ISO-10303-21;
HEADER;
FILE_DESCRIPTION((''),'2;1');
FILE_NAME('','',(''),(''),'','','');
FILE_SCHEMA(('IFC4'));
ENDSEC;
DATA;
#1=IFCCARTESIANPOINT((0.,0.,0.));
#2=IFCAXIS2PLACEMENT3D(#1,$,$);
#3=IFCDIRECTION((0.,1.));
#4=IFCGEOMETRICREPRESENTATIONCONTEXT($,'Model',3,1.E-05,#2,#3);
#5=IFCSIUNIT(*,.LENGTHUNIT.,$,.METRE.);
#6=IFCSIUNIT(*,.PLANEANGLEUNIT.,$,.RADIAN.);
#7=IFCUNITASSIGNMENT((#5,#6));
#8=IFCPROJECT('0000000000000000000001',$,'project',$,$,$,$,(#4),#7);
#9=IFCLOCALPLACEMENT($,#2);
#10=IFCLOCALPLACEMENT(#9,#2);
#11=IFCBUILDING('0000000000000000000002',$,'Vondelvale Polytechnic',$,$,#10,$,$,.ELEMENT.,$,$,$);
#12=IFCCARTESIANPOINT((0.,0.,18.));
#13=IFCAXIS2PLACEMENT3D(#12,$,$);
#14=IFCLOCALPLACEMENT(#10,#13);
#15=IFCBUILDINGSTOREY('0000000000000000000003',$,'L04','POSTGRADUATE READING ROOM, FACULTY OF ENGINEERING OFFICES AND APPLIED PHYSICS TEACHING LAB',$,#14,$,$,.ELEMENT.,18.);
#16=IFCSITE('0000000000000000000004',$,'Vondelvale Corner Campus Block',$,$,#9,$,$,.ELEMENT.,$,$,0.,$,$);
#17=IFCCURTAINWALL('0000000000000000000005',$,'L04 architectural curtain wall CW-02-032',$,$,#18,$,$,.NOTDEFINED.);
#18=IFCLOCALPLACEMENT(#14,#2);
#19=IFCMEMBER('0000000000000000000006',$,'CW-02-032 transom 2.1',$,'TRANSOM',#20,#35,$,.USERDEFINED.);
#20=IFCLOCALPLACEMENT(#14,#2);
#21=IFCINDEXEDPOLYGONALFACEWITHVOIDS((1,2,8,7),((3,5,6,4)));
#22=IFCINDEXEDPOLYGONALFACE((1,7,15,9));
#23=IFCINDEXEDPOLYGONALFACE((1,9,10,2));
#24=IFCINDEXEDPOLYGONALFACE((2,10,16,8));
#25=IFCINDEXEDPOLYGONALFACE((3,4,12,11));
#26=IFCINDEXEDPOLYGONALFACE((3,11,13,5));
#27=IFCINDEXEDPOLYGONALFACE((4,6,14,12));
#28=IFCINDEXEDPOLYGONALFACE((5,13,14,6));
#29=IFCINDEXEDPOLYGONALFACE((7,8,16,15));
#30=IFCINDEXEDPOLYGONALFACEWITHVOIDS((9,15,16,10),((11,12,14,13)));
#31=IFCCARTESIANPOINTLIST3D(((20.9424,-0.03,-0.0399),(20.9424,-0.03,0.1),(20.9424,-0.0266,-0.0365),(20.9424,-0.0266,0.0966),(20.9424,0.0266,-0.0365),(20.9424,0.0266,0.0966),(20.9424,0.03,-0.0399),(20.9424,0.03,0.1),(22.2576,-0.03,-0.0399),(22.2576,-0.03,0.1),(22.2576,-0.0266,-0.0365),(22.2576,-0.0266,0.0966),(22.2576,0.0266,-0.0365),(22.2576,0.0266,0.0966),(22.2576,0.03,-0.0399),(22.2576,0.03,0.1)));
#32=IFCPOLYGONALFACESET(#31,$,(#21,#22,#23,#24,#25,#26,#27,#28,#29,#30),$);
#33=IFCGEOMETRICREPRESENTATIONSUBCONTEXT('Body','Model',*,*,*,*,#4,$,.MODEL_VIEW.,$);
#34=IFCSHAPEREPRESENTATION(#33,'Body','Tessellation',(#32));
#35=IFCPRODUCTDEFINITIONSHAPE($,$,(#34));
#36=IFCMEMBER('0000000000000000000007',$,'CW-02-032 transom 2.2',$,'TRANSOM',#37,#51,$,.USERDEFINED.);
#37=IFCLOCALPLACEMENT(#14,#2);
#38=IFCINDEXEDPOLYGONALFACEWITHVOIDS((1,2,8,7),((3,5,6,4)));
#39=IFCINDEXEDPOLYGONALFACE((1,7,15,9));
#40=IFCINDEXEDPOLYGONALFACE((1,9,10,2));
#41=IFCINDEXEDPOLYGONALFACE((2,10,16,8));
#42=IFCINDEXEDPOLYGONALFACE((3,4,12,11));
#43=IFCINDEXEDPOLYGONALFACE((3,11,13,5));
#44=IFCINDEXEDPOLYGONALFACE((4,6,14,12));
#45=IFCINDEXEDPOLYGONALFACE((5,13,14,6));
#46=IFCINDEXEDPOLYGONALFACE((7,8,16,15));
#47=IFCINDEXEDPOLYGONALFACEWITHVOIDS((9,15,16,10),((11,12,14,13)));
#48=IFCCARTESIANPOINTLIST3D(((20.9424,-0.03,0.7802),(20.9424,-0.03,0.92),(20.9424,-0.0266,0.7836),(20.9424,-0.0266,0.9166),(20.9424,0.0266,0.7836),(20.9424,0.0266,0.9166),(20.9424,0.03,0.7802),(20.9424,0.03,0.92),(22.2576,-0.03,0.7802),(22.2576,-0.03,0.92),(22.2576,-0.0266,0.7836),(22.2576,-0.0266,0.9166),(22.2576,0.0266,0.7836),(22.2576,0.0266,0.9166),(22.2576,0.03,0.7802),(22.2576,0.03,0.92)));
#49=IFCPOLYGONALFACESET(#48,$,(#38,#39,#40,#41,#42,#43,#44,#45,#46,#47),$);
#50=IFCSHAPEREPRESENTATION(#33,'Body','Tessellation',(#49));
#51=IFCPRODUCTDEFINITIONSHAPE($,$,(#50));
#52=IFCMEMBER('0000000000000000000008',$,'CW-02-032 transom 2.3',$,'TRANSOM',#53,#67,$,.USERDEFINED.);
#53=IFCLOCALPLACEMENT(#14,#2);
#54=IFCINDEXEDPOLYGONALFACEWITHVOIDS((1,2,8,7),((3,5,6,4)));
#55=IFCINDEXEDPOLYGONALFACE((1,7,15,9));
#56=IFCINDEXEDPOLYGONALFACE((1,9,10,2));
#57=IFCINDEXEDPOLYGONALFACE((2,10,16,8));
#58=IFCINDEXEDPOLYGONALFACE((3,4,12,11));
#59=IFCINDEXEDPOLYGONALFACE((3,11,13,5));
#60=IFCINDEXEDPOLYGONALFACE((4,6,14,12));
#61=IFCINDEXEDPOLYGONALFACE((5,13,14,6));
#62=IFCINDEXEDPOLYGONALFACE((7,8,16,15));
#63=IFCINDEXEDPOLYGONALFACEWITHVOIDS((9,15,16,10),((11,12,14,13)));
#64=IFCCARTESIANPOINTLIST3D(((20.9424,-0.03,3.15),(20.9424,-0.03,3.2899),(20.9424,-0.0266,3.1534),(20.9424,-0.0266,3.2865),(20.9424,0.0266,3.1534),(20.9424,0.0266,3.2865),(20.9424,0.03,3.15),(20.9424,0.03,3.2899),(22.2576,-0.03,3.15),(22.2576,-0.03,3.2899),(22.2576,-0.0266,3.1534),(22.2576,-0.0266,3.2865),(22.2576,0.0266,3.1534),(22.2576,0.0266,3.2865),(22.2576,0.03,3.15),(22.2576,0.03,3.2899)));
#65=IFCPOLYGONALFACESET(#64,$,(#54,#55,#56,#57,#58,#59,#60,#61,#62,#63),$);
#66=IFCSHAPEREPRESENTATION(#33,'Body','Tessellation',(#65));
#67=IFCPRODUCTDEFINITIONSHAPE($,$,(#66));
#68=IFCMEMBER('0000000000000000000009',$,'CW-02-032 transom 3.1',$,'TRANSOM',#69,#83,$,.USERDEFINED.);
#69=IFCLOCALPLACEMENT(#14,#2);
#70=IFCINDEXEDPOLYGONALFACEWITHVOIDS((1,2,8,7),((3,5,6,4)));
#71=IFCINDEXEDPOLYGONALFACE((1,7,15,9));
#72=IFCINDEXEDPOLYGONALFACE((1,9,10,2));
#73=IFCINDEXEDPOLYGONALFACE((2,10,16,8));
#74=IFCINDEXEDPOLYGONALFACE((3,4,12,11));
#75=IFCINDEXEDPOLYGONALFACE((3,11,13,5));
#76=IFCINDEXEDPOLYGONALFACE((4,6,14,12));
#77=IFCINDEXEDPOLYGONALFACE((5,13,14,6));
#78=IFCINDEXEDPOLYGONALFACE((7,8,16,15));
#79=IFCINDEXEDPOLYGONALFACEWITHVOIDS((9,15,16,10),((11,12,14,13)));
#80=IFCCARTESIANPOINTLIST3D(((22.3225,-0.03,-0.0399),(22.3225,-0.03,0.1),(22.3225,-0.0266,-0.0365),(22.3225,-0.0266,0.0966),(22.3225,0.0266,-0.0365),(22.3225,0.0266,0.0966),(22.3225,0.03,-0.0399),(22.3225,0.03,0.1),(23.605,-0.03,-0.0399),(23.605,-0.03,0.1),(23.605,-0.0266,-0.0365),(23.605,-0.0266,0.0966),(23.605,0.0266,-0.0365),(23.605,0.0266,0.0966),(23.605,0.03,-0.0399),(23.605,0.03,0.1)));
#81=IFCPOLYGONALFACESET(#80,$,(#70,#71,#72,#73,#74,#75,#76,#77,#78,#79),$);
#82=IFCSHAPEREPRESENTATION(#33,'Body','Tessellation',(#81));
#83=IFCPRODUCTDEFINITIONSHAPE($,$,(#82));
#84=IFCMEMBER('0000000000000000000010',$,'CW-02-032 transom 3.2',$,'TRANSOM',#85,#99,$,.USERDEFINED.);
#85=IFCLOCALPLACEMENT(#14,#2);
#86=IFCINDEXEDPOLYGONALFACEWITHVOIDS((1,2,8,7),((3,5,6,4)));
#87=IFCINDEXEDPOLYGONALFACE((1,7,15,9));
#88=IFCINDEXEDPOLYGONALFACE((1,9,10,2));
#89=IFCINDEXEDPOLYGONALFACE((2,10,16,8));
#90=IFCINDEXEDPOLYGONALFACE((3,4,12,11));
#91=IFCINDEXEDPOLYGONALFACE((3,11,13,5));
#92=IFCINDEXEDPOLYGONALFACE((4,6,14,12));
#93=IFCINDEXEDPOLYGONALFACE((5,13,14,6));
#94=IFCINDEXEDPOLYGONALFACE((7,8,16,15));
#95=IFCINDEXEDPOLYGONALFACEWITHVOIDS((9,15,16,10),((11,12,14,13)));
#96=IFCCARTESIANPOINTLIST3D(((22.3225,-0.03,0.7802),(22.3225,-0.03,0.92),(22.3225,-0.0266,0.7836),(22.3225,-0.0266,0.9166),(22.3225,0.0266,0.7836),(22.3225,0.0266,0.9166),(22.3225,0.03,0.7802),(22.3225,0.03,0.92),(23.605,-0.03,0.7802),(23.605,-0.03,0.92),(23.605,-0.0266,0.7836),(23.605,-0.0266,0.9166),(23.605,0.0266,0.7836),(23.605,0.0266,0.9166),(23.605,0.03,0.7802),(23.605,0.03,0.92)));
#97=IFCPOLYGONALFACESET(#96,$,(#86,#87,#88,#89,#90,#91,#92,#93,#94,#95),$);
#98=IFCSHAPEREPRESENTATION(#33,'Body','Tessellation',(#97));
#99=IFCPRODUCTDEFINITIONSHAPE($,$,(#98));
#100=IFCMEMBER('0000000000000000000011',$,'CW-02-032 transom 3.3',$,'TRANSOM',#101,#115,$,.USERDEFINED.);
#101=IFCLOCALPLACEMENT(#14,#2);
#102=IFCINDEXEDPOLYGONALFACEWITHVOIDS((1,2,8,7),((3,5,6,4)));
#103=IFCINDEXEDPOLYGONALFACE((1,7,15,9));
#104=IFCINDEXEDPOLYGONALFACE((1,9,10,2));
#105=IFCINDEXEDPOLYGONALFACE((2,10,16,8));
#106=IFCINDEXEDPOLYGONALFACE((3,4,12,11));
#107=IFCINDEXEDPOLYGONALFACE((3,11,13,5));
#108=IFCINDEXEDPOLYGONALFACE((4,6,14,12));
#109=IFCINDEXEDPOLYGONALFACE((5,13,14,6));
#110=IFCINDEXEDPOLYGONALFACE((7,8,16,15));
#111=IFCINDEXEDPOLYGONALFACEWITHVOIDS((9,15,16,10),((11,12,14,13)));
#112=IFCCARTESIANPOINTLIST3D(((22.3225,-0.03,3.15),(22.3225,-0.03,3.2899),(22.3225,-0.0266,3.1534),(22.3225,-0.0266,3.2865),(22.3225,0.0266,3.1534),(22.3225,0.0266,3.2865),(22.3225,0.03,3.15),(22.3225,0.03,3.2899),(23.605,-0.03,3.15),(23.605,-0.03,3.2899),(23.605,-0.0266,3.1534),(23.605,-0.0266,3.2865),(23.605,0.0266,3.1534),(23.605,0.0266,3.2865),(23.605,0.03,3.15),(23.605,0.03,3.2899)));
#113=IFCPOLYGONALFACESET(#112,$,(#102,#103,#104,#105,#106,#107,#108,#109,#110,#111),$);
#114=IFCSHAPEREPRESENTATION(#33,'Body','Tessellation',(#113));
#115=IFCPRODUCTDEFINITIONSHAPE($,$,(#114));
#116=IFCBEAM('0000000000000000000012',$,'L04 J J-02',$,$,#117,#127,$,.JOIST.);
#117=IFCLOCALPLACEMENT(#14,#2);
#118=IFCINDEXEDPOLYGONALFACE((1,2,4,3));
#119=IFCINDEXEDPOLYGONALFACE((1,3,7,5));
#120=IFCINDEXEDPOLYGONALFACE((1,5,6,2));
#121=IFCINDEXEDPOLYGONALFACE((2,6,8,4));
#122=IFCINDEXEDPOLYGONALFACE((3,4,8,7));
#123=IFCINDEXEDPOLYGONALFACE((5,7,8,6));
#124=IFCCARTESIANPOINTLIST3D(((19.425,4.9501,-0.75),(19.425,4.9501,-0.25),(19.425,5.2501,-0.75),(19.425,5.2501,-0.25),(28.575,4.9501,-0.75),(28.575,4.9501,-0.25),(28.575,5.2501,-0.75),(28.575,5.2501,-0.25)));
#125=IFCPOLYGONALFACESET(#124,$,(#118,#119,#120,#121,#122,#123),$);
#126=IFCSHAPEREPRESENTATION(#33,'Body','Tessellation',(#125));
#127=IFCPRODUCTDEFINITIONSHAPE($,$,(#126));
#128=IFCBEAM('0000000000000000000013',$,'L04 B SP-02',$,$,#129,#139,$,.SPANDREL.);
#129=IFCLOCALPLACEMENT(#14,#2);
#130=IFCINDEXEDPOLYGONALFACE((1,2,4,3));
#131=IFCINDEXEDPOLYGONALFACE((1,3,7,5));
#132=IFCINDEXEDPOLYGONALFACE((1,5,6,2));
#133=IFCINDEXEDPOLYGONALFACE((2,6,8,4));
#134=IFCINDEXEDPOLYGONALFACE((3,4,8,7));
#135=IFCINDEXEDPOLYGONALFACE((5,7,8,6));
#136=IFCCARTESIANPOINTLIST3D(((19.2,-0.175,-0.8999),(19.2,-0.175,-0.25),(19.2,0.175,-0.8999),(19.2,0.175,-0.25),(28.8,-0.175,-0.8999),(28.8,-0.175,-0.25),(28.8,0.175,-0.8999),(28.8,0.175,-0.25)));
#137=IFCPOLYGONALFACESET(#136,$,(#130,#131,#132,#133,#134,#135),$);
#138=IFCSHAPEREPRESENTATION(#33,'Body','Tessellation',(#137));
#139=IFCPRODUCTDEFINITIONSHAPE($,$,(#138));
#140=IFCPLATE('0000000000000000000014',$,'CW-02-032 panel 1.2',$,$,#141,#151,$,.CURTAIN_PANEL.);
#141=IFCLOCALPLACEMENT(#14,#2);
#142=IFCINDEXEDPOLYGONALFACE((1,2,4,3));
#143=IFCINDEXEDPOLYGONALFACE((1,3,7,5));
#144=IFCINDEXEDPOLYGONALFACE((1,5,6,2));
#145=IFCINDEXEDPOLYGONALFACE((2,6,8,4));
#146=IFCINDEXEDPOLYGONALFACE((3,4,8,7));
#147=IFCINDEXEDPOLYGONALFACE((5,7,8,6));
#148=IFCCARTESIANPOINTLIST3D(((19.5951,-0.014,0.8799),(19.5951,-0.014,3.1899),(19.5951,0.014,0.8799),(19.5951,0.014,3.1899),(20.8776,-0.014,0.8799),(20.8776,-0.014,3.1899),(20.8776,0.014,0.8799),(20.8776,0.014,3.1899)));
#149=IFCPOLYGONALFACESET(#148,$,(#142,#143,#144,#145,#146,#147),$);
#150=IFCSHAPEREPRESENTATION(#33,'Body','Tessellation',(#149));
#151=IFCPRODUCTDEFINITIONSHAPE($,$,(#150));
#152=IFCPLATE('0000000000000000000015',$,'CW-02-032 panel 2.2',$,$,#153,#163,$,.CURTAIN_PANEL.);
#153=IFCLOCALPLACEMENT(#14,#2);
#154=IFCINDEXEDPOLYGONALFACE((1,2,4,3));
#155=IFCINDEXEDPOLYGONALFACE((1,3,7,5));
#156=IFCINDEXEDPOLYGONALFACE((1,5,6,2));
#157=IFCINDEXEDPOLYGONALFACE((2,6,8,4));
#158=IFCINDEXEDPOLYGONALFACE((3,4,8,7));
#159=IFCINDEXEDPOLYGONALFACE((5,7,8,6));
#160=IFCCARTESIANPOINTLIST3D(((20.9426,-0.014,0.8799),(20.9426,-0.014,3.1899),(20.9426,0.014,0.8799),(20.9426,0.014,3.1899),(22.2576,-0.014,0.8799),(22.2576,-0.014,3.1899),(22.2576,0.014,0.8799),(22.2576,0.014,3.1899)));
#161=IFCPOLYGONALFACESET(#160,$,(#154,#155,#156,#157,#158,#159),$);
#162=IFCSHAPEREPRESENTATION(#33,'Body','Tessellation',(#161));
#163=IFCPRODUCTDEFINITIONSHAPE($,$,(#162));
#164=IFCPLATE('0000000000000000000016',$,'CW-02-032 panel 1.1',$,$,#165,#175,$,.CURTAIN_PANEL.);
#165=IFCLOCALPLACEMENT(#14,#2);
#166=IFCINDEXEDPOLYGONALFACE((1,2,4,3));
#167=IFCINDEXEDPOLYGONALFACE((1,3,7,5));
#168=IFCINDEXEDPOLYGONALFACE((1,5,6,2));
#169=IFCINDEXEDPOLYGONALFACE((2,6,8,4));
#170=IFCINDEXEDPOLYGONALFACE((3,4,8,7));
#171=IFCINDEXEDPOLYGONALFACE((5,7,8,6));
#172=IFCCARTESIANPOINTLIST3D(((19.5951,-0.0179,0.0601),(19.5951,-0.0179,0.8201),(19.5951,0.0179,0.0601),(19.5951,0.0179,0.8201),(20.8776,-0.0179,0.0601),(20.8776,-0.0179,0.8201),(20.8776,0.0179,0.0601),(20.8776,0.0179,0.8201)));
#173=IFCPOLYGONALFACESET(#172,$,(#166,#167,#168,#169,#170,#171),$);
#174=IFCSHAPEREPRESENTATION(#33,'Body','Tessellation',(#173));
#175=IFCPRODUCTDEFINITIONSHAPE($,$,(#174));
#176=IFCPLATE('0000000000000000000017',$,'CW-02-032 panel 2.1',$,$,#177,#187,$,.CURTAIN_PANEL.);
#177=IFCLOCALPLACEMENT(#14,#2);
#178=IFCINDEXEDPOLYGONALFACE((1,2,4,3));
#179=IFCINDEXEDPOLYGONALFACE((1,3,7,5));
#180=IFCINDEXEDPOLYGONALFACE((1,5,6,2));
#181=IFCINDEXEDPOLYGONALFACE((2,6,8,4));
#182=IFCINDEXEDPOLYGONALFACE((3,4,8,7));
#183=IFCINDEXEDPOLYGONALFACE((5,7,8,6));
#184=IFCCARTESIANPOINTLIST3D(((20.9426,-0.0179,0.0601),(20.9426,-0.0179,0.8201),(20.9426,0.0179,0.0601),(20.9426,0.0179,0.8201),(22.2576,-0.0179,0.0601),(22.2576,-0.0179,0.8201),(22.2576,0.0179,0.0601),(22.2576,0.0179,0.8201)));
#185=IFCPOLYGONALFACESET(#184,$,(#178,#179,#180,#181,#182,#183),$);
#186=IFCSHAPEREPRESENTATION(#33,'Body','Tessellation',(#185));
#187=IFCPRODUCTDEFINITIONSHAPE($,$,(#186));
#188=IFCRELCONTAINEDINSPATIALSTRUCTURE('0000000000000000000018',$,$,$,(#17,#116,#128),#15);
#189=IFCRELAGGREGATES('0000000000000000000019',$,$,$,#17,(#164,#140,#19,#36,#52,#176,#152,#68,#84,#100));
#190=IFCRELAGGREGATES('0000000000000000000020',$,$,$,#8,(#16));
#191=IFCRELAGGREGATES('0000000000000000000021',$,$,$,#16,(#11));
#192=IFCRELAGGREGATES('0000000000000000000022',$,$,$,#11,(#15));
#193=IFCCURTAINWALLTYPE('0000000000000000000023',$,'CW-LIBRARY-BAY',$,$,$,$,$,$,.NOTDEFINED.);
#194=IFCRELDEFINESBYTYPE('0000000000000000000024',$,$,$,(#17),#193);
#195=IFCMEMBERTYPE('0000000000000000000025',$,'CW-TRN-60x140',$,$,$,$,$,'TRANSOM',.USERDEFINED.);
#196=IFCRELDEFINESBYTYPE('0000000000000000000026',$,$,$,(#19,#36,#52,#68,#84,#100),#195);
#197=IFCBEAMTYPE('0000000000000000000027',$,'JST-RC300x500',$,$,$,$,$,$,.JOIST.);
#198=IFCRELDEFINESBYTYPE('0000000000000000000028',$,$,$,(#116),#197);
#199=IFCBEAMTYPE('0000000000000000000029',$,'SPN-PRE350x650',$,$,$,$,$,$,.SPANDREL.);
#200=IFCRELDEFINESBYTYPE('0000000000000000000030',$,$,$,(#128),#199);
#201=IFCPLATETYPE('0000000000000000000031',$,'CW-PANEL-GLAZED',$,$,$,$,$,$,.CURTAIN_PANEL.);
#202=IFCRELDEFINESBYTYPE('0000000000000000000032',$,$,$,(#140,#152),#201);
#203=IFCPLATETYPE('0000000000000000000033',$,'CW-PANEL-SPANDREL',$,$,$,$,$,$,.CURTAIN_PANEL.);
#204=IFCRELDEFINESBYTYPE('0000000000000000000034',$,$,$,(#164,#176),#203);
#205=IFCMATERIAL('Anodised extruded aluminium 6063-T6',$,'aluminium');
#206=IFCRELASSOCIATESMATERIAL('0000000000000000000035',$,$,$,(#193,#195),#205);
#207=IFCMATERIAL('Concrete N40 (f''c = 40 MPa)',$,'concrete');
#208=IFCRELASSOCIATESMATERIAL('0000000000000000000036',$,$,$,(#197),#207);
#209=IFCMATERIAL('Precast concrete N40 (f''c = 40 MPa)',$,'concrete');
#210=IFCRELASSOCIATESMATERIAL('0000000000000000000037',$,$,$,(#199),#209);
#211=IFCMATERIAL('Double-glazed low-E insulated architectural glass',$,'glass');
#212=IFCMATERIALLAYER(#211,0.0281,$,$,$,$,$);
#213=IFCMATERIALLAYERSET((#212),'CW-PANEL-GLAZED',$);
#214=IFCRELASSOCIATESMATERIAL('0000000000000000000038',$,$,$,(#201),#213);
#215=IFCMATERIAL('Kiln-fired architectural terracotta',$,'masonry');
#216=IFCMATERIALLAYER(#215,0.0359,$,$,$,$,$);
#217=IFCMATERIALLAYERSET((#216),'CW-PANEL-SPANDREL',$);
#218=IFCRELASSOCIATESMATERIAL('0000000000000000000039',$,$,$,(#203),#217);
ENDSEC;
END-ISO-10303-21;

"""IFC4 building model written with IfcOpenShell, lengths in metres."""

from ifc_helpers import new_model, si_unit, direction, frame, origin, origin_2d, place, context, subcontext, project, spatial, rectangle, hollow_rectangle, extrude, material, layer, layer_set, material_profile, profile_set, type_object, element, aggregate, save


model = new_model("IFC4")

# Units and contexts
model_context = context("Model", 3, precision=1e-05, world=origin(), true_north=direction((0.0, 1.0)))
body_context = subcontext(model_context, "Body", "Model", "MODEL_VIEW")
ifc_project = project(units=[si_unit("LENGTHUNIT", "METRE"), si_unit("PLANEANGLEUNIT", "RADIAN")], contexts=[model_context])

# Site, building, storey
site_placement = place(None, origin())
site = spatial("IfcSite", under=ifc_project, at=site_placement, Name="Vondelvale Corner Campus Block", CompositionType="ELEMENT", RefElevation=0.0)
building_placement = place(site_placement, origin())
building = spatial("IfcBuilding", under=site, at=building_placement, Name="Vondelvale Polytechnic", CompositionType="ELEMENT")
storey_placement = place(building_placement, frame((0.0, 0.0, 18.0)))
storey = spatial("IfcBuildingStorey", under=building, at=storey_placement, Name="L04", Description="POSTGRADUATE READING ROOM, FACULTY OF ENGINEERING OFFICES AND APPLIED PHYSICS TEACHING LAB", CompositionType="ELEMENT", Elevation=18.0)

# Shared definitions
ifc_material_1 = material(Name="Concrete N40 (f'c = 40 MPa)", Category="concrete")

# Shared definitions
ifc_material_2 = material(Name="Anodised extruded aluminium 6063-T6", Category="aluminium")
curtain_wall_type = type_object("IfcCurtainWallType", Name="CW-LIBRARY-BAY", PredefinedType="NOTDEFINED", material=ifc_material_2)

# Curtain wall, members
curtain_wall_1_placement = place(storey_placement, origin())
curtain_wall_1 = element("IfcCurtainWall", 1, at=curtain_wall_1_placement, inside=storey, type_object=curtain_wall_type, Name="L04 architectural curtain wall CW-02-032", PredefinedType="NOTDEFINED")
ifc_material_profile_1 = material_profile(ifc_material_2, hollow_rectangle(XDim=0.0601, YDim=0.1399, WallThickness=0.0034, at=origin_2d()), Name="CW-TRN-140x60")
ifc_profile_set_1 = profile_set([ifc_material_profile_1], Name="Anodised extruded aluminium 6063-T6")
member_type_1 = type_object("IfcMemberType", Name="CW-TRN-60x140", ElementType="TRANSOM", PredefinedType="USERDEFINED", material=ifc_profile_set_1)
member_1_placement = place(storey_placement, frame((20.9424, 0.0, 0.03), z_axis=(1.0, 0.0, 0.0), x_axis=(0.0, 1.0, 0.0)))
member_1 = element("IfcMember", 2, at=member_1_placement, type_object=member_type_1, Name="CW-02-032 transom 2.1", ObjectType="TRANSOM", PredefinedType="USERDEFINED", context=body_context, shape_type="SweptSolid", body=[
    extrude(hollow_rectangle(XDim=0.0601, YDim=0.1399, WallThickness=0.0034, at=origin_2d()), origin(), (0.0, 0.0, 1.0), 1.3152),
])
member_2_placement = place(storey_placement, frame((20.9424, 0.0, 0.8501), z_axis=(1.0, 0.0, 0.0), x_axis=(0.0, 1.0, 0.0)))
member_2 = element("IfcMember", 3, at=member_2_placement, type_object=member_type_1, Name="CW-02-032 transom 2.2", ObjectType="TRANSOM", PredefinedType="USERDEFINED", context=body_context, shape_type="SweptSolid", body=[
    extrude(hollow_rectangle(XDim=0.0601, YDim=0.1399, WallThickness=0.0034, at=origin_2d()), origin(), (0.0, 0.0, 1.0), 1.3152),
])
member_3_placement = place(storey_placement, frame((20.9424, 0.0, 3.22), z_axis=(1.0, 0.0, 0.0), x_axis=(0.0, 1.0, 0.0)))
member_3 = element("IfcMember", 4, at=member_3_placement, type_object=member_type_1, Name="CW-02-032 transom 2.3", ObjectType="TRANSOM", PredefinedType="USERDEFINED", context=body_context, shape_type="SweptSolid", body=[
    extrude(hollow_rectangle(XDim=0.0601, YDim=0.1399, WallThickness=0.0034, at=origin_2d()), origin(), (0.0, 0.0, 1.0), 1.3152),
])
member_4_placement = place(storey_placement, frame((22.3225, 0.0, 0.03), z_axis=(1.0, 0.0, 0.0), x_axis=(0.0, 1.0, 0.0)))
member_4 = element("IfcMember", 5, at=member_4_placement, type_object=member_type_1, Name="CW-02-032 transom 3.1", ObjectType="TRANSOM", PredefinedType="USERDEFINED", context=body_context, shape_type="SweptSolid", body=[
    extrude(hollow_rectangle(XDim=0.0601, YDim=0.1399, WallThickness=0.0034, at=origin_2d()), origin(), (0.0, 0.0, 1.0), 1.2825),
])
member_5_placement = place(storey_placement, frame((22.3225, 0.0, 0.8501), z_axis=(1.0, 0.0, 0.0), x_axis=(0.0, 1.0, 0.0)))
member_5 = element("IfcMember", 6, at=member_5_placement, type_object=member_type_1, Name="CW-02-032 transom 3.2", ObjectType="TRANSOM", PredefinedType="USERDEFINED", context=body_context, shape_type="SweptSolid", body=[
    extrude(hollow_rectangle(XDim=0.0601, YDim=0.1399, WallThickness=0.0034, at=origin_2d()), origin(), (0.0, 0.0, 1.0), 1.2825),
])
member_6_placement = place(storey_placement, frame((22.3225, 0.0, 3.22), z_axis=(1.0, 0.0, 0.0), x_axis=(0.0, 1.0, 0.0)))
member_6 = element("IfcMember", 7, at=member_6_placement, type_object=member_type_1, Name="CW-02-032 transom 3.3", ObjectType="TRANSOM", PredefinedType="USERDEFINED", context=body_context, shape_type="SweptSolid", body=[
    extrude(hollow_rectangle(XDim=0.0601, YDim=0.1399, WallThickness=0.0034, at=origin_2d()), origin(), (0.0, 0.0, 1.0), 1.2825),
])

# Beams
ifc_material_profile_2 = material_profile(ifc_material_1, rectangle(XDim=0.3, YDim=0.5, at=origin_2d()), Name="RC-JST-300x500")
ifc_profile_set_2 = profile_set([ifc_material_profile_2], Name="Concrete N40 (f'c = 40 MPa)")
beam_type_1 = type_object("IfcBeamType", Name="JST-RC300x500", PredefinedType="JOIST", material=ifc_profile_set_2)
beam_1_placement = place(storey_placement, frame((19.425, 5.1001, -0.5), z_axis=(1.0, 0.0, 0.0), x_axis=(0.0, 1.0, 0.0)))
element("IfcBeam", 8, at=beam_1_placement, inside=storey, type_object=beam_type_1, Name="L04 J J-02", PredefinedType="JOIST", context=body_context, shape_type="SweptSolid", body=[
    extrude(rectangle(XDim=0.3, YDim=0.5, at=origin_2d()), origin(), (0.0, 0.0, 1.0), 9.1499),
])
ifc_material_3 = material(Name="Precast concrete N40 (f'c = 40 MPa)", Category="concrete")
ifc_material_profile_3 = material_profile(ifc_material_3, rectangle(XDim=0.3501, YDim=0.6499, at=origin_2d()), Name="RC-SPN-350x650")
ifc_profile_set_3 = profile_set([ifc_material_profile_3], Name="Precast concrete N40 (f'c = 40 MPa)")
beam_type_2 = type_object("IfcBeamType", Name="SPN-PRE350x650", PredefinedType="SPANDREL", material=ifc_profile_set_3)
beam_2_placement = place(storey_placement, frame((19.2, 0.0, -0.575), z_axis=(1.0, 0.0, 0.0), x_axis=(0.0, 1.0, 0.0)))
element("IfcBeam", 9, at=beam_2_placement, inside=storey, type_object=beam_type_2, Name="L04 B SP-02", PredefinedType="SPANDREL", context=body_context, shape_type="SweptSolid", body=[
    extrude(rectangle(XDim=0.3501, YDim=0.6499, at=origin_2d()), origin(), (0.0, 0.0, 1.0), 9.6001),
])

# Plates
ifc_material_4 = material(Name="Double-glazed low-E insulated architectural glass", Category="glass")
ifc_layer_1 = layer(ifc_material_4, 0.0281)
ifc_layer_set_1 = layer_set([ifc_layer_1], Name="CW-PANEL-GLAZED")
plate_type_1 = type_object("IfcPlateType", Name="CW-PANEL-GLAZED", PredefinedType="CURTAIN_PANEL", material=ifc_layer_set_1)
plate_1_placement = place(storey_placement, frame((20.2363, 0.0, 0.8799), z_axis=(0.0, 0.0, 1.0), x_axis=(1.0, 0.0, 0.0)))
plate_1 = element("IfcPlate", 10, at=plate_1_placement, type_object=plate_type_1, Name="CW-02-032 panel 1.2", PredefinedType="CURTAIN_PANEL", context=body_context, shape_type="SweptSolid", body=[
    extrude(rectangle(XDim=1.2825, YDim=0.0281, at=origin_2d()), origin(), (0.0, 0.0, 1.0), 2.3101),
])
plate_2_placement = place(storey_placement, frame((21.6001, 0.0, 0.8799), z_axis=(0.0, 0.0, 1.0), x_axis=(1.0, 0.0, 0.0)))
plate_2 = element("IfcPlate", 11, at=plate_2_placement, type_object=plate_type_1, Name="CW-02-032 panel 2.2", PredefinedType="CURTAIN_PANEL", context=body_context, shape_type="SweptSolid", body=[
    extrude(rectangle(XDim=1.3149, YDim=0.0281, at=origin_2d()), origin(), (0.0, 0.0, 1.0), 2.3101),
])
ifc_material_5 = material(Name="Kiln-fired architectural terracotta", Category="masonry")
ifc_layer_2 = layer(ifc_material_5, 0.0359)
ifc_layer_set_2 = layer_set([ifc_layer_2], Name="CW-PANEL-SPANDREL")
plate_type_2 = type_object("IfcPlateType", Name="CW-PANEL-SPANDREL", PredefinedType="CURTAIN_PANEL", material=ifc_layer_set_2)
plate_3_placement = place(storey_placement, frame((20.2363, 0.0, 0.0601), z_axis=(0.0, 0.0, 1.0), x_axis=(1.0, 0.0, 0.0)))
plate_3 = element("IfcPlate", 12, at=plate_3_placement, type_object=plate_type_2, Name="CW-02-032 panel 1.1", PredefinedType="CURTAIN_PANEL", context=body_context, shape_type="SweptSolid", body=[
    extrude(rectangle(XDim=1.2825, YDim=0.0359, at=origin_2d()), origin(), (0.0, 0.0, 1.0), 0.76),
])
plate_4_placement = place(storey_placement, frame((21.6001, 0.0, 0.0601), z_axis=(0.0, 0.0, 1.0), x_axis=(1.0, 0.0, 0.0)))
plate_4 = element("IfcPlate", 13, at=plate_4_placement, type_object=plate_type_2, Name="CW-02-032 panel 2.1", PredefinedType="CURTAIN_PANEL", context=body_context, shape_type="SweptSolid", body=[
    extrude(rectangle(XDim=1.3149, YDim=0.0359, at=origin_2d()), origin(), (0.0, 0.0, 1.0), 0.76),
])
aggregate(curtain_wall_1, [plate_3, plate_1, member_1, member_2, member_3, plate_4, plate_2, member_4, member_5, member_6])

save(model, "model.ifc")
